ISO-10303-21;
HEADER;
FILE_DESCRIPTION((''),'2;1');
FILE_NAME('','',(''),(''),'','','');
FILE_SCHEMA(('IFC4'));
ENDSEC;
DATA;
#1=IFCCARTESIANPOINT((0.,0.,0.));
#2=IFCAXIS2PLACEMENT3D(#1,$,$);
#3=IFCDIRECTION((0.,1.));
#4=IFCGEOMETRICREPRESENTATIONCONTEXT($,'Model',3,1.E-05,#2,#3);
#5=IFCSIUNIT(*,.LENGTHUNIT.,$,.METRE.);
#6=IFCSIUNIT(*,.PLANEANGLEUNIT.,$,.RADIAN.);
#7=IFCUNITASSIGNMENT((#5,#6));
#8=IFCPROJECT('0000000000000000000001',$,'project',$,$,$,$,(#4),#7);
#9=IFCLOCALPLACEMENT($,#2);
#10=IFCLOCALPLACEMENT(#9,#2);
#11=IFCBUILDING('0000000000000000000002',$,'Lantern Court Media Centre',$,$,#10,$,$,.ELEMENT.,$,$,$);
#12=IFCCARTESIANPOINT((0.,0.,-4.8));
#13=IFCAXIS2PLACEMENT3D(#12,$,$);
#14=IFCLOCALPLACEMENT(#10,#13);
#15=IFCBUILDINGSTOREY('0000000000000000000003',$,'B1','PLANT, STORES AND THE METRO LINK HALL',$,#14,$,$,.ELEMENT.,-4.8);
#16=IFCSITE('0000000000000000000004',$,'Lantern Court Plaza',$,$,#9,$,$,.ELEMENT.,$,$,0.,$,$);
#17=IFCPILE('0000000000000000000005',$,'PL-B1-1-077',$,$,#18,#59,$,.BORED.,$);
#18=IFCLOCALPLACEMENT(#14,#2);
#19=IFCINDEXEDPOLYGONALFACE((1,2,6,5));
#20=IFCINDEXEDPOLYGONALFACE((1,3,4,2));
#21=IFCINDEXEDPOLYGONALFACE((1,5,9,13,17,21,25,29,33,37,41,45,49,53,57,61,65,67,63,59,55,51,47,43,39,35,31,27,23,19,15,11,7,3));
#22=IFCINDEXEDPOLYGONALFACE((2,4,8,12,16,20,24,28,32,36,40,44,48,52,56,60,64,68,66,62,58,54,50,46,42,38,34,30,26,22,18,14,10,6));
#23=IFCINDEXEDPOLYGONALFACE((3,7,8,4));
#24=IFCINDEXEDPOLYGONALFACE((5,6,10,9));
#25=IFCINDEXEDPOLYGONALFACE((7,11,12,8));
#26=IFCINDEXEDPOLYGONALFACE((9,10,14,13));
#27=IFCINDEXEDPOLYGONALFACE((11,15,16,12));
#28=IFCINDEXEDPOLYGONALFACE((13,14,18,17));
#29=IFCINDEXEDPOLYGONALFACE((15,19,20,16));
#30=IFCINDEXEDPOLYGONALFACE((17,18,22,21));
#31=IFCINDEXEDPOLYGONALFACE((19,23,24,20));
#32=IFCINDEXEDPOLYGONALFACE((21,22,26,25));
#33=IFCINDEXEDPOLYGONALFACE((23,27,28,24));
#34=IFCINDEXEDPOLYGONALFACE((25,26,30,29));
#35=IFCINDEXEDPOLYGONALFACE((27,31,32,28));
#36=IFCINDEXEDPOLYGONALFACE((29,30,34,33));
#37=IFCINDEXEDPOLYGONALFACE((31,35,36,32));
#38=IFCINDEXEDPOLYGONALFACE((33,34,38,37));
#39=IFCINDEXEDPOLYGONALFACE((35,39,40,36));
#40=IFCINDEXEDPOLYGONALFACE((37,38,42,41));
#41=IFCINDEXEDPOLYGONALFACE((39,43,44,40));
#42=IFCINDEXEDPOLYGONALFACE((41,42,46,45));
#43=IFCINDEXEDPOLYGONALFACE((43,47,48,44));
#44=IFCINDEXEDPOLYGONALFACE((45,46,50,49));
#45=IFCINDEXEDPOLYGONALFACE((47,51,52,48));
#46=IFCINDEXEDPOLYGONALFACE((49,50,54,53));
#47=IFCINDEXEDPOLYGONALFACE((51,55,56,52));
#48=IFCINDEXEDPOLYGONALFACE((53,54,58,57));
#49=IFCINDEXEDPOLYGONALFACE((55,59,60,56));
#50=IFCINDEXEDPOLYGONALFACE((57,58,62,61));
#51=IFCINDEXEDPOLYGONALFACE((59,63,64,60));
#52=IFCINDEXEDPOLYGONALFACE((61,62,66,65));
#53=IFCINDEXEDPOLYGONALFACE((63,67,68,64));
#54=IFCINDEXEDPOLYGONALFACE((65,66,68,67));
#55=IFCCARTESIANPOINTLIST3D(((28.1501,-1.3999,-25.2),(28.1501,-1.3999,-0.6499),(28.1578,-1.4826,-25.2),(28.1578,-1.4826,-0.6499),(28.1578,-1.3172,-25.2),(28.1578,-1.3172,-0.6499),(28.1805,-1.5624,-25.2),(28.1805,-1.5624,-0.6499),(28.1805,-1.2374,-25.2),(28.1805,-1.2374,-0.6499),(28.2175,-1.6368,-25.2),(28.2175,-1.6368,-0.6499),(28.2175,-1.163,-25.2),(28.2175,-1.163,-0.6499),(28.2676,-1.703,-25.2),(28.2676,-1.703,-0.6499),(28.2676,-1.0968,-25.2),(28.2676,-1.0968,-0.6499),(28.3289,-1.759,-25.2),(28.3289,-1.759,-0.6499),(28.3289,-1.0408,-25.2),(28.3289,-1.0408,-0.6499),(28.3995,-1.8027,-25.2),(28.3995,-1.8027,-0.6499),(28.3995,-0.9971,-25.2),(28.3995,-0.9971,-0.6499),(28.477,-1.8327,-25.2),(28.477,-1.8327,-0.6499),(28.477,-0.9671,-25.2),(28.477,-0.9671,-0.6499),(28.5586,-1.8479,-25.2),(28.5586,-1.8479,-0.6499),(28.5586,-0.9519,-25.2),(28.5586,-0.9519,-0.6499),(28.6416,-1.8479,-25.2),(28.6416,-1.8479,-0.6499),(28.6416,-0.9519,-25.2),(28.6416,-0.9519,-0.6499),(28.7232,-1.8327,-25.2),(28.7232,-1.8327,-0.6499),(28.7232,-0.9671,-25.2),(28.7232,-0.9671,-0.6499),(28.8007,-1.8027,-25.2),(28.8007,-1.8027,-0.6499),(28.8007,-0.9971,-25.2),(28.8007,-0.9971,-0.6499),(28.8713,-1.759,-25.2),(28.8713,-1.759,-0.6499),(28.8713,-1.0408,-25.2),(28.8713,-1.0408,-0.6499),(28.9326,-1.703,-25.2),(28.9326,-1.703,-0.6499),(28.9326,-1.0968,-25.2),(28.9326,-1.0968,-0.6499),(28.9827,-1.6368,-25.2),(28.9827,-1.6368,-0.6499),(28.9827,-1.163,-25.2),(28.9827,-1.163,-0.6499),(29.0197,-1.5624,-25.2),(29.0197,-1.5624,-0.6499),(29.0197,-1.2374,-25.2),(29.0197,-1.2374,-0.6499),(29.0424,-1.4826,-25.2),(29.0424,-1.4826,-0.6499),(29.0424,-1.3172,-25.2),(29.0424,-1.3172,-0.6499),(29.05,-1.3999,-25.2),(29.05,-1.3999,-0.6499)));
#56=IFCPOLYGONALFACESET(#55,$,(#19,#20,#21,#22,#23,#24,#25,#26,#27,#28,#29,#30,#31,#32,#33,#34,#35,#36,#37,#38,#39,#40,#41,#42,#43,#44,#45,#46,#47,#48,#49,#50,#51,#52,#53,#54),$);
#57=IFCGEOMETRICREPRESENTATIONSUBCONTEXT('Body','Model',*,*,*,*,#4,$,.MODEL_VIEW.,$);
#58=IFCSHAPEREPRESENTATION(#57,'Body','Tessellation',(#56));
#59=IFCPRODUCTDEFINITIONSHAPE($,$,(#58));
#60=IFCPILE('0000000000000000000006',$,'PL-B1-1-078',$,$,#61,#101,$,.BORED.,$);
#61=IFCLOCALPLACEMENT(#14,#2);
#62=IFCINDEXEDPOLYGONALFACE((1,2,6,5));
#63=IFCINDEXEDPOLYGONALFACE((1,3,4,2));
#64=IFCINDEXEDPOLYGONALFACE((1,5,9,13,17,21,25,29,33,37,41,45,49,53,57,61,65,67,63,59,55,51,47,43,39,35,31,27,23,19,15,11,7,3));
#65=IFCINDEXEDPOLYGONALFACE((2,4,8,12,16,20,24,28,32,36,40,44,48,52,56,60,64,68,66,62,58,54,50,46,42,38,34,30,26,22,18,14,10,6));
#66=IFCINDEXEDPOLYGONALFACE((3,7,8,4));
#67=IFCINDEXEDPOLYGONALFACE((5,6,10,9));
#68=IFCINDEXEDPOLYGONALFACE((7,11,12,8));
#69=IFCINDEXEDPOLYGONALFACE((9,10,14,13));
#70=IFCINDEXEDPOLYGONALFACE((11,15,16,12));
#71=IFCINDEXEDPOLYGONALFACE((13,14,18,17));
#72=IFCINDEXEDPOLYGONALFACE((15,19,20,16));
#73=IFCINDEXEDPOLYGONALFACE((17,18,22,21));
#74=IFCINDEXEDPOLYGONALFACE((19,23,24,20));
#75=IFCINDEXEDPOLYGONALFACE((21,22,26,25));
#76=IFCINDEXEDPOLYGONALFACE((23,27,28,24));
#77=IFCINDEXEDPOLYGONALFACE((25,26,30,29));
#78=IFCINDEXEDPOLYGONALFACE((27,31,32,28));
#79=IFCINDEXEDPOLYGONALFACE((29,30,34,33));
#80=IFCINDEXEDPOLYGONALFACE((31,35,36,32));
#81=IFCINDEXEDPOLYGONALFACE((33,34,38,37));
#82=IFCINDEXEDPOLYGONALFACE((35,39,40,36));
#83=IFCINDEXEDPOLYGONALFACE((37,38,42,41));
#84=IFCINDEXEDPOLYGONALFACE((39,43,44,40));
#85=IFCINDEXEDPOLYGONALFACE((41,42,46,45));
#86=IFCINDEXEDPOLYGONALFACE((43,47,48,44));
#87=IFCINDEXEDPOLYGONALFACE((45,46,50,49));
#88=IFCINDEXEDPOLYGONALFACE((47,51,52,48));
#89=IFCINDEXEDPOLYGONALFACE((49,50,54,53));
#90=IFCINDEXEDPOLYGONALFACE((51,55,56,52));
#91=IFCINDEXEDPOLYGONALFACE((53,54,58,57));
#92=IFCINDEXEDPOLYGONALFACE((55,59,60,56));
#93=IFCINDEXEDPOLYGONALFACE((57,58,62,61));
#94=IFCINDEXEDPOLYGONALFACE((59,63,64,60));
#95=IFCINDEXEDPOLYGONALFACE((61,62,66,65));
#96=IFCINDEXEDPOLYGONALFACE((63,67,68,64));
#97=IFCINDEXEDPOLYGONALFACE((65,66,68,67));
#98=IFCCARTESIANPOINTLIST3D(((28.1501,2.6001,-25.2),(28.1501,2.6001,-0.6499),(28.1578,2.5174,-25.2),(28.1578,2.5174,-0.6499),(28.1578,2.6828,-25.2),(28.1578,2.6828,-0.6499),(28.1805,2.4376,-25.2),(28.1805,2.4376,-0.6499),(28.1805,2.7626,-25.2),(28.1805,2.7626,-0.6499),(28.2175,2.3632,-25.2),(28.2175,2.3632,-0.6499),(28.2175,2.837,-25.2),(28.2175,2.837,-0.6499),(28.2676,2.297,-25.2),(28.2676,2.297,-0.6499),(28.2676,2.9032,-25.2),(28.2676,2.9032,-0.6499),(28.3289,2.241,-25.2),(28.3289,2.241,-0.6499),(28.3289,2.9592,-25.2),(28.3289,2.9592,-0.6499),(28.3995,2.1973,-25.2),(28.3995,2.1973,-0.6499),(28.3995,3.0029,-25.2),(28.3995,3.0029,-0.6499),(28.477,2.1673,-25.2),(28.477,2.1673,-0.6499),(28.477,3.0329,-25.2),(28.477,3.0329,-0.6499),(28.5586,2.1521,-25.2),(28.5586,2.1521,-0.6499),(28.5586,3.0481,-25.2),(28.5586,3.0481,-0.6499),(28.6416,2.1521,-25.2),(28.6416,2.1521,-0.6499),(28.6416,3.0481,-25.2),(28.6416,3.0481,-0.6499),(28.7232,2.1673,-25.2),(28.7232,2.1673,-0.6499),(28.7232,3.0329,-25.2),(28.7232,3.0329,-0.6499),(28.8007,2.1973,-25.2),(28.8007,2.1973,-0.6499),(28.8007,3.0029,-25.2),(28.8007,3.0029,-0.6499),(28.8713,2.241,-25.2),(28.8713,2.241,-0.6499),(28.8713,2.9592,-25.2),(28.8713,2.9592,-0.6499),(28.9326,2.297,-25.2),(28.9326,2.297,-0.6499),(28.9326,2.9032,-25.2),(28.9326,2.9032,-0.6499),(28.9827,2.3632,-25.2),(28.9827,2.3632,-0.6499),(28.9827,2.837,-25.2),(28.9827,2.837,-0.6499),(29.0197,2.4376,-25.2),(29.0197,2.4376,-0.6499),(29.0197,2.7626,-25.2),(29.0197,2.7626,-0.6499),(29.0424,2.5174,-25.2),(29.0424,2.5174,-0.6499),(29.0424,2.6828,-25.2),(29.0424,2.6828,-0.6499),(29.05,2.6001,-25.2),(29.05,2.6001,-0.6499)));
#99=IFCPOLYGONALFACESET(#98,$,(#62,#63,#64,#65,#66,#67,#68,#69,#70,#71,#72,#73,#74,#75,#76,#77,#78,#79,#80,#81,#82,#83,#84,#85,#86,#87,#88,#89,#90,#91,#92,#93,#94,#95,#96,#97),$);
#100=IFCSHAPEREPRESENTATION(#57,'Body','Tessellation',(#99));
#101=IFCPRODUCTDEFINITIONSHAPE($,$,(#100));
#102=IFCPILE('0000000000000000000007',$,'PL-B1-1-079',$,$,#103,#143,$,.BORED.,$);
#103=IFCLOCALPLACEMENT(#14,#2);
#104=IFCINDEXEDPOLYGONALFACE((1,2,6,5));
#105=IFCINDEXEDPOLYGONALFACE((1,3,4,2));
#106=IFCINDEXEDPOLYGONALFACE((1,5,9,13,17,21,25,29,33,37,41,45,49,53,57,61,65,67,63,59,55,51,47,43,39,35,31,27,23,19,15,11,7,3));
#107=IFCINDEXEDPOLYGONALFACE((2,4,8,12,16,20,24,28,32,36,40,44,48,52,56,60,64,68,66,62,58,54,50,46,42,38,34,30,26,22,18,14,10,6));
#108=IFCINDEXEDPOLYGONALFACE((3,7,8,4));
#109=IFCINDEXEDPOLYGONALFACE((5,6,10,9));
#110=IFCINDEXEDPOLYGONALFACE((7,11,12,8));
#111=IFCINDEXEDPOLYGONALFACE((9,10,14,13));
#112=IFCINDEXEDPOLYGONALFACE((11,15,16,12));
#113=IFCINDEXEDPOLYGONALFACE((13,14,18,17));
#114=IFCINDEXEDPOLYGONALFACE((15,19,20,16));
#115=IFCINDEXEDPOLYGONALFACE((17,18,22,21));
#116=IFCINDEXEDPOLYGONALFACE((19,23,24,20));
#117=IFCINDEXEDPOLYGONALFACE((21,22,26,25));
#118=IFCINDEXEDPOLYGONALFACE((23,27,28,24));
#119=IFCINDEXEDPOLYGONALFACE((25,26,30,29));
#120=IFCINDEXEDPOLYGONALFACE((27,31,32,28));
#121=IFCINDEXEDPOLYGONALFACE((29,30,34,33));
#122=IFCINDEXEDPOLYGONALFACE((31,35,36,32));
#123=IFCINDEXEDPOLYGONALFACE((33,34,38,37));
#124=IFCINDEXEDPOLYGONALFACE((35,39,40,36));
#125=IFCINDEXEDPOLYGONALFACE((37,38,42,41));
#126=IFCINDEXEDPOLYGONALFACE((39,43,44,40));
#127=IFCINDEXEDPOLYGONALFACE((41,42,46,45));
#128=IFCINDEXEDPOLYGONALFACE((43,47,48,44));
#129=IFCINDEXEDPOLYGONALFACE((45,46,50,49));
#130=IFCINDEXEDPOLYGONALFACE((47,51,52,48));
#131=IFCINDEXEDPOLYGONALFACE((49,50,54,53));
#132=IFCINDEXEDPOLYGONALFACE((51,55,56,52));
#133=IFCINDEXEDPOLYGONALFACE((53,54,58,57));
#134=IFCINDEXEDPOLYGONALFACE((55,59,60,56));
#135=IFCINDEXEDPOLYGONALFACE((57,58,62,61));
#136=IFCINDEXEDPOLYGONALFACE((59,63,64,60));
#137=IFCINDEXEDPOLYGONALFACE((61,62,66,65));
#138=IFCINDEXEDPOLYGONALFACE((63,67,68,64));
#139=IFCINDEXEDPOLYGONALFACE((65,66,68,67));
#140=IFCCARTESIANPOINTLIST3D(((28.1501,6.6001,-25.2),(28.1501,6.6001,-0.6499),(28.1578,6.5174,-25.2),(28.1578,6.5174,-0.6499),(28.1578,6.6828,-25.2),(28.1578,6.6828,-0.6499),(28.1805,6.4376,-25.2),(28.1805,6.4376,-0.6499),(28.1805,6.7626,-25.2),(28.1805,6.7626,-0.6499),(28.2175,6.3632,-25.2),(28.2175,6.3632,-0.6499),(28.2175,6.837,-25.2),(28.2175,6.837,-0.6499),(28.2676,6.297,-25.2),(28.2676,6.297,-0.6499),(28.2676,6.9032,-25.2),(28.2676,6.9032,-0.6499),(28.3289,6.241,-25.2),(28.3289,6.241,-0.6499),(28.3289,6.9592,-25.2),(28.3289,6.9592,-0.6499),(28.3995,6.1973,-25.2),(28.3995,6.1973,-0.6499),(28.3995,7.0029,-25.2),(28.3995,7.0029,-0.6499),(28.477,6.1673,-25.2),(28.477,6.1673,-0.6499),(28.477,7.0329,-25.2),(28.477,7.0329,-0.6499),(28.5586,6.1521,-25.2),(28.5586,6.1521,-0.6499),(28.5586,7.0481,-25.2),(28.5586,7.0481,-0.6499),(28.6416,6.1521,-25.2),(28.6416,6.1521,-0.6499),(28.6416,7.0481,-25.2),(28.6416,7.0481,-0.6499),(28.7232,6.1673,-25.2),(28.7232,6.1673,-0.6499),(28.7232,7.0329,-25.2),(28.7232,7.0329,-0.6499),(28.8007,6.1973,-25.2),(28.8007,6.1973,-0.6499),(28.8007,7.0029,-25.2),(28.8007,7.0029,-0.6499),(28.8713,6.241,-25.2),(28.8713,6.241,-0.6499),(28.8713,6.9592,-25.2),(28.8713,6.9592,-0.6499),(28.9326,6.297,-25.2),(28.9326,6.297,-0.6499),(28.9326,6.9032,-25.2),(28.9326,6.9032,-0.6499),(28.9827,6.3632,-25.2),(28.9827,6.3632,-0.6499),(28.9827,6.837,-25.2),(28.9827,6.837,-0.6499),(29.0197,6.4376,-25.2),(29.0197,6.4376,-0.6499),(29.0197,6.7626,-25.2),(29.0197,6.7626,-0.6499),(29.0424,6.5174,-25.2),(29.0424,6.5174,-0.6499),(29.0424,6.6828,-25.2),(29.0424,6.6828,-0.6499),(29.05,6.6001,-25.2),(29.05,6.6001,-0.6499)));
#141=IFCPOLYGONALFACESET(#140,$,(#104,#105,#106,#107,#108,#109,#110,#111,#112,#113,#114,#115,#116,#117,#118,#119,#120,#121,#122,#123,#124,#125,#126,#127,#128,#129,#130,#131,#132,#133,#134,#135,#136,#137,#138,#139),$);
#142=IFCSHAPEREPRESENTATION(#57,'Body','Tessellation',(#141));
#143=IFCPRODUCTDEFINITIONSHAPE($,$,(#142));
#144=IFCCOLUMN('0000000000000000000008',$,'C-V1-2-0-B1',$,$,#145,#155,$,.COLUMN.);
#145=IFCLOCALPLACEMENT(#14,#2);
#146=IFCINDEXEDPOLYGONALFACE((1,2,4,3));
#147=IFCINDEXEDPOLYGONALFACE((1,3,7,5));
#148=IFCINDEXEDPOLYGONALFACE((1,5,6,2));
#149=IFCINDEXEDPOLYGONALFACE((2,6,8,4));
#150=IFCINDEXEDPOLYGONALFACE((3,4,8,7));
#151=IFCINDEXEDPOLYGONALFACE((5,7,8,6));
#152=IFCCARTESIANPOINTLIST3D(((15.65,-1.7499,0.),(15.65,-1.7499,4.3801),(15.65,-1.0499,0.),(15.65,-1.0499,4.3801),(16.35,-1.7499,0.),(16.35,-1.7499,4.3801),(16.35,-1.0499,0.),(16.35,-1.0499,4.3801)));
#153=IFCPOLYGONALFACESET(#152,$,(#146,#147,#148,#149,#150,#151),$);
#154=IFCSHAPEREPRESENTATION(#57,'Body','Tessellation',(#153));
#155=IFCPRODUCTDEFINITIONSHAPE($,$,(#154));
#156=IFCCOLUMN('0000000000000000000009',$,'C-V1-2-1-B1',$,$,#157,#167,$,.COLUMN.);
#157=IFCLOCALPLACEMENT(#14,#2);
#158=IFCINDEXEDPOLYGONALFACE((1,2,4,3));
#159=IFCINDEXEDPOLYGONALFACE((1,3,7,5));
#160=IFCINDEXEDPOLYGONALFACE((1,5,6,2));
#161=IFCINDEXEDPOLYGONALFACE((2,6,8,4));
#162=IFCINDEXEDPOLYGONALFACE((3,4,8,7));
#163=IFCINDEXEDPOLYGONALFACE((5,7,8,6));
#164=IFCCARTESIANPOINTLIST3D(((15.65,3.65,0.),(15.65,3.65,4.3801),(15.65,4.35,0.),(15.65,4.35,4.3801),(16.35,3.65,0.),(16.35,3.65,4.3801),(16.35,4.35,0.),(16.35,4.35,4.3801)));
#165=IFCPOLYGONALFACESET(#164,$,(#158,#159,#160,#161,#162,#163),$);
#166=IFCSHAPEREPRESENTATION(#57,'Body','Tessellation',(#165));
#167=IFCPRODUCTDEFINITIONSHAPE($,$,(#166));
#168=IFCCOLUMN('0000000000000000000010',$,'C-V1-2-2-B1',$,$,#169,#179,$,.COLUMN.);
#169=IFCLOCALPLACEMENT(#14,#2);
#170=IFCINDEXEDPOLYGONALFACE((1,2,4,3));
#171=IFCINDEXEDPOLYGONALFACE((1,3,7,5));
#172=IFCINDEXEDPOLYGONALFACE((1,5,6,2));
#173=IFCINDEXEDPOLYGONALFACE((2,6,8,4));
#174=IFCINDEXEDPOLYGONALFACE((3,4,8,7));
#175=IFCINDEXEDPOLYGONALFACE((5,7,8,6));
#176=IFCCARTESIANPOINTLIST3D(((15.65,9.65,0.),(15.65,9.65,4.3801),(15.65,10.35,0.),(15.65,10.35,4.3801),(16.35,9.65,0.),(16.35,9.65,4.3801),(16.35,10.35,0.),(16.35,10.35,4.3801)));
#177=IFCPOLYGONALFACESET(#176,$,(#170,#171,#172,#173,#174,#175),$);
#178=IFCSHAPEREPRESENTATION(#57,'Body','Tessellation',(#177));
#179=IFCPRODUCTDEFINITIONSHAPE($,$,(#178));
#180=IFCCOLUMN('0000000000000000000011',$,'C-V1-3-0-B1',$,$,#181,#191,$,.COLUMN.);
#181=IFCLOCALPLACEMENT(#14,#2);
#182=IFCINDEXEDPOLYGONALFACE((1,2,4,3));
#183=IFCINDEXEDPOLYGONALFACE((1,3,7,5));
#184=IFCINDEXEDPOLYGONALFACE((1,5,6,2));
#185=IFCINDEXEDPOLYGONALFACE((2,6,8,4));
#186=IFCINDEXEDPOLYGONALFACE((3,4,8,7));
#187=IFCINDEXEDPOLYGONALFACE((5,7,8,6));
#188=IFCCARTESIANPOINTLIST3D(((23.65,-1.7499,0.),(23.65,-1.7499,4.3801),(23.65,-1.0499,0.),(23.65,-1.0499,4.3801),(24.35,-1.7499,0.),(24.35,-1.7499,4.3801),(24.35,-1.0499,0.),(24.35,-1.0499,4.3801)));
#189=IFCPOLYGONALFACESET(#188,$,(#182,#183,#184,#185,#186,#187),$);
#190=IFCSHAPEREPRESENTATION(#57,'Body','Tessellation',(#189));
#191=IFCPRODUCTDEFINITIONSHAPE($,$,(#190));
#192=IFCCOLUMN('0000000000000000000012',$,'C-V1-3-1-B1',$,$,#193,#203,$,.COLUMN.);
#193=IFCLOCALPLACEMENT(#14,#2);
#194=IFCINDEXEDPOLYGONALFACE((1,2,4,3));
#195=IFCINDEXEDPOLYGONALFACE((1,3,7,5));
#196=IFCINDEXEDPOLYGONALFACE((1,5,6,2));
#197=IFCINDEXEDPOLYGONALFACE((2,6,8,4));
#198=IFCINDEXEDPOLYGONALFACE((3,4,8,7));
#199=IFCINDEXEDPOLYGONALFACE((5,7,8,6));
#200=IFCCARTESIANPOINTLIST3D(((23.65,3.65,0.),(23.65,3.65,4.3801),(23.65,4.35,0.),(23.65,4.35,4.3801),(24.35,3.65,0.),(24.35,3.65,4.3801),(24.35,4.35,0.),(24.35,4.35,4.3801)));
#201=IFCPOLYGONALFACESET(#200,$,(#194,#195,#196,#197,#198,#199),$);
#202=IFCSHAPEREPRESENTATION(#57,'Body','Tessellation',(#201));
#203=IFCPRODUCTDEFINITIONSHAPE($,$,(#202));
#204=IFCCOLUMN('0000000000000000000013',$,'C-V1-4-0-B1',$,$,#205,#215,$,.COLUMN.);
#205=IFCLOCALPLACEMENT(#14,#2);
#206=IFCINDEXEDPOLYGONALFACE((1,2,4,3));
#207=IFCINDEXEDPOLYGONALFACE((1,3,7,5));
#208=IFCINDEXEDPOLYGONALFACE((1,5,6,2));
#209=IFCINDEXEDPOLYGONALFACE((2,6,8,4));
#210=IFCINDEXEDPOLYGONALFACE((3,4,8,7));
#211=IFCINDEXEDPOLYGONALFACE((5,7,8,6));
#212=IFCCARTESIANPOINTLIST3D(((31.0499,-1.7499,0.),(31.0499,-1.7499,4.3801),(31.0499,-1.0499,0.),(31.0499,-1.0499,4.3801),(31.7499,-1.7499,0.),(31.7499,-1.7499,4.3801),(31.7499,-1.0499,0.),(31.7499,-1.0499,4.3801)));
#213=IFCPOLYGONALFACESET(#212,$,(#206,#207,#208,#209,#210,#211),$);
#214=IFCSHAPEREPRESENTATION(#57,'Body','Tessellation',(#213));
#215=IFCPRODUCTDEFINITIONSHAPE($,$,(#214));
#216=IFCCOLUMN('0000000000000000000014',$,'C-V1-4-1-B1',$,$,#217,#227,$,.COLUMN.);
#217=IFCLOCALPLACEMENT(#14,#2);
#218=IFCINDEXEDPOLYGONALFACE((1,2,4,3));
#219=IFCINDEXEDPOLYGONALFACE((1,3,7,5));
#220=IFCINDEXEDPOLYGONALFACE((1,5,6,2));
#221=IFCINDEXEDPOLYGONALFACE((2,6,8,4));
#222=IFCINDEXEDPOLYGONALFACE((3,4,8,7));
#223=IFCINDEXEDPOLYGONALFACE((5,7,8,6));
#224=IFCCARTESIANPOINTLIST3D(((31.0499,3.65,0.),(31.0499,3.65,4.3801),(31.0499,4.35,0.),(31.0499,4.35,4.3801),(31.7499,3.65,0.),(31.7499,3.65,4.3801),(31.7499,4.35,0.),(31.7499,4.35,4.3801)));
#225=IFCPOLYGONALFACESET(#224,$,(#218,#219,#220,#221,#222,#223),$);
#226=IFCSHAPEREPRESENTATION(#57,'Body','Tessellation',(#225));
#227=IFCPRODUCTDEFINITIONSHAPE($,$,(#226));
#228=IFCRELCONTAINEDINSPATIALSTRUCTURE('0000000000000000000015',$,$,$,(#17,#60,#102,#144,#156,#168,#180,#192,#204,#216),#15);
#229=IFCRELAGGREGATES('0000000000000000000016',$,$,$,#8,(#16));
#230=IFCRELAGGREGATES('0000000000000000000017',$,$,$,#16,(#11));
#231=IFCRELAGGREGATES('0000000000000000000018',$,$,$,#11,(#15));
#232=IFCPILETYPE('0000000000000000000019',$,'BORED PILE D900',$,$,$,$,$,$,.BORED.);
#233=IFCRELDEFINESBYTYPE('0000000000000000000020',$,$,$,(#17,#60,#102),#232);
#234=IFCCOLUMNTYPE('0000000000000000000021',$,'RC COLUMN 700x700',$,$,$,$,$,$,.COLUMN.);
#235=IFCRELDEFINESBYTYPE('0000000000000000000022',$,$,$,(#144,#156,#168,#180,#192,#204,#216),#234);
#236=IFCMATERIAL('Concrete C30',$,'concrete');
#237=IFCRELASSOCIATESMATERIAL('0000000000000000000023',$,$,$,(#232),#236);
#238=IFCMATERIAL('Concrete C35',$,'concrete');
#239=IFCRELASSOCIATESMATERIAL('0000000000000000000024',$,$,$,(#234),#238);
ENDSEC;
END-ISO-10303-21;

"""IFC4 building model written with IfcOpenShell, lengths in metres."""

from ifc_helpers import new_model, si_unit, direction, frame, origin, origin_2d, place, context, subcontext, project, spatial, rectangle, circle, extrude, material, material_profile, profile_set, type_object, element, save


model = new_model("IFC4")

# Units and contexts
model_context = context("Model", 3, precision=1e-05, world=origin(), true_north=direction((0.0, 1.0)))
body_context = subcontext(model_context, "Body", "Model", "MODEL_VIEW")
ifc_project = project(units=[si_unit("LENGTHUNIT", "METRE"), si_unit("PLANEANGLEUNIT", "RADIAN")], contexts=[model_context])

# Site, building, storey
site_placement = place(None, origin())
site = spatial("IfcSite", under=ifc_project, at=site_placement, Name="Lantern Court Plaza", CompositionType="ELEMENT", RefElevation=0.0)
building_placement = place(site_placement, origin())
building = spatial("IfcBuilding", under=site, at=building_placement, Name="Lantern Court Media Centre", CompositionType="ELEMENT")
storey_placement = place(building_placement, frame((0.0, 0.0, -4.8)))
storey = spatial("IfcBuildingStorey", under=building, at=storey_placement, Name="B1", Description="PLANT, STORES AND THE METRO LINK HALL", CompositionType="ELEMENT", Elevation=-4.8)

# Piles
ifc_material_1 = material(Name="Concrete C30", Category="concrete")
ifc_material_profile_1 = material_profile(ifc_material_1, circle(Radius=0.45, at=origin_2d()), Name="D900")
ifc_profile_set_1 = profile_set([ifc_material_profile_1], Name="Concrete C30")
pile_type = type_object("IfcPileType", Name="BORED PILE D900", PredefinedType="BORED", material=ifc_profile_set_1)
for number, where, z_axis, x_axis, name in (
    (1, (28.6001, -1.3999, -0.6499), (0.0, 0.0, -1.0), (1.0, 0.0, 0.0), "PL-B1-1-077"),
    (2, (28.6001, 2.6001, -0.6499), (0.0, 0.0, -1.0), (1.0, 0.0, 0.0), "PL-B1-1-078"),
    (3, (28.6001, 6.6001, -0.6499), (0.0, 0.0, -1.0), (1.0, 0.0, 0.0), "PL-B1-1-079"),
):
    element("IfcPile", number, at=place(storey_placement, frame(where, z_axis=z_axis, x_axis=x_axis)), inside=storey, type_object=pile_type, Name=name, PredefinedType="BORED", context=body_context, shape_type="SweptSolid", body=[
        extrude(circle(Radius=0.45, at=origin_2d()), origin(), (0.0, 0.0, 1.0), 24.55),
    ])

# Columns
ifc_material_2 = material(Name="Concrete C35", Category="concrete")
ifc_material_profile_2 = material_profile(ifc_material_2, rectangle(XDim=0.7, YDim=0.7, at=origin_2d()), Name="RC 700x700")
ifc_profile_set_2 = profile_set([ifc_material_profile_2], Name="Concrete C35")
column_type = type_object("IfcColumnType", Name="RC COLUMN 700x700", PredefinedType="COLUMN", material=ifc_profile_set_2)
for number, where, z_axis, x_axis, name in (
    (4, (16.0, -1.3999, 0.0), (0.0, 0.0, 1.0), (1.0, 0.0, 0.0), "C-V1-2-0-B1"),
    (5, (16.0, 4.0, 0.0), (0.0, 0.0, 1.0), (1.0, 0.0, 0.0), "C-V1-2-1-B1"),
    (6, (16.0, 10.0, 0.0), (0.0, 0.0, 1.0), (1.0, 0.0, 0.0), "C-V1-2-2-B1"),
    (7, (24.0, -1.3999, 0.0), (0.0, 0.0, 1.0), (1.0, 0.0, 0.0), "C-V1-3-0-B1"),
    (8, (24.0, 4.0, 0.0), (0.0, 0.0, 1.0), (1.0, 0.0, 0.0), "C-V1-3-1-B1"),
    (9, (31.3999, -1.3999, 0.0), (0.0, 0.0, 1.0), (1.0, 0.0, 0.0), "C-V1-4-0-B1"),
    (10, (31.3999, 4.0, 0.0), (0.0, 0.0, 1.0), (1.0, 0.0, 0.0), "C-V1-4-1-B1"),
):
    element("IfcColumn", number, at=place(storey_placement, frame(where, z_axis=z_axis, x_axis=x_axis)), inside=storey, type_object=column_type, Name=name, PredefinedType="COLUMN", context=body_context, shape_type="SweptSolid", body=[
        extrude(rectangle(XDim=0.7, YDim=0.7, at=origin_2d()), origin(), (0.0, 0.0, 1.0), 4.3801),
    ])

save(model, "model.ifc")
